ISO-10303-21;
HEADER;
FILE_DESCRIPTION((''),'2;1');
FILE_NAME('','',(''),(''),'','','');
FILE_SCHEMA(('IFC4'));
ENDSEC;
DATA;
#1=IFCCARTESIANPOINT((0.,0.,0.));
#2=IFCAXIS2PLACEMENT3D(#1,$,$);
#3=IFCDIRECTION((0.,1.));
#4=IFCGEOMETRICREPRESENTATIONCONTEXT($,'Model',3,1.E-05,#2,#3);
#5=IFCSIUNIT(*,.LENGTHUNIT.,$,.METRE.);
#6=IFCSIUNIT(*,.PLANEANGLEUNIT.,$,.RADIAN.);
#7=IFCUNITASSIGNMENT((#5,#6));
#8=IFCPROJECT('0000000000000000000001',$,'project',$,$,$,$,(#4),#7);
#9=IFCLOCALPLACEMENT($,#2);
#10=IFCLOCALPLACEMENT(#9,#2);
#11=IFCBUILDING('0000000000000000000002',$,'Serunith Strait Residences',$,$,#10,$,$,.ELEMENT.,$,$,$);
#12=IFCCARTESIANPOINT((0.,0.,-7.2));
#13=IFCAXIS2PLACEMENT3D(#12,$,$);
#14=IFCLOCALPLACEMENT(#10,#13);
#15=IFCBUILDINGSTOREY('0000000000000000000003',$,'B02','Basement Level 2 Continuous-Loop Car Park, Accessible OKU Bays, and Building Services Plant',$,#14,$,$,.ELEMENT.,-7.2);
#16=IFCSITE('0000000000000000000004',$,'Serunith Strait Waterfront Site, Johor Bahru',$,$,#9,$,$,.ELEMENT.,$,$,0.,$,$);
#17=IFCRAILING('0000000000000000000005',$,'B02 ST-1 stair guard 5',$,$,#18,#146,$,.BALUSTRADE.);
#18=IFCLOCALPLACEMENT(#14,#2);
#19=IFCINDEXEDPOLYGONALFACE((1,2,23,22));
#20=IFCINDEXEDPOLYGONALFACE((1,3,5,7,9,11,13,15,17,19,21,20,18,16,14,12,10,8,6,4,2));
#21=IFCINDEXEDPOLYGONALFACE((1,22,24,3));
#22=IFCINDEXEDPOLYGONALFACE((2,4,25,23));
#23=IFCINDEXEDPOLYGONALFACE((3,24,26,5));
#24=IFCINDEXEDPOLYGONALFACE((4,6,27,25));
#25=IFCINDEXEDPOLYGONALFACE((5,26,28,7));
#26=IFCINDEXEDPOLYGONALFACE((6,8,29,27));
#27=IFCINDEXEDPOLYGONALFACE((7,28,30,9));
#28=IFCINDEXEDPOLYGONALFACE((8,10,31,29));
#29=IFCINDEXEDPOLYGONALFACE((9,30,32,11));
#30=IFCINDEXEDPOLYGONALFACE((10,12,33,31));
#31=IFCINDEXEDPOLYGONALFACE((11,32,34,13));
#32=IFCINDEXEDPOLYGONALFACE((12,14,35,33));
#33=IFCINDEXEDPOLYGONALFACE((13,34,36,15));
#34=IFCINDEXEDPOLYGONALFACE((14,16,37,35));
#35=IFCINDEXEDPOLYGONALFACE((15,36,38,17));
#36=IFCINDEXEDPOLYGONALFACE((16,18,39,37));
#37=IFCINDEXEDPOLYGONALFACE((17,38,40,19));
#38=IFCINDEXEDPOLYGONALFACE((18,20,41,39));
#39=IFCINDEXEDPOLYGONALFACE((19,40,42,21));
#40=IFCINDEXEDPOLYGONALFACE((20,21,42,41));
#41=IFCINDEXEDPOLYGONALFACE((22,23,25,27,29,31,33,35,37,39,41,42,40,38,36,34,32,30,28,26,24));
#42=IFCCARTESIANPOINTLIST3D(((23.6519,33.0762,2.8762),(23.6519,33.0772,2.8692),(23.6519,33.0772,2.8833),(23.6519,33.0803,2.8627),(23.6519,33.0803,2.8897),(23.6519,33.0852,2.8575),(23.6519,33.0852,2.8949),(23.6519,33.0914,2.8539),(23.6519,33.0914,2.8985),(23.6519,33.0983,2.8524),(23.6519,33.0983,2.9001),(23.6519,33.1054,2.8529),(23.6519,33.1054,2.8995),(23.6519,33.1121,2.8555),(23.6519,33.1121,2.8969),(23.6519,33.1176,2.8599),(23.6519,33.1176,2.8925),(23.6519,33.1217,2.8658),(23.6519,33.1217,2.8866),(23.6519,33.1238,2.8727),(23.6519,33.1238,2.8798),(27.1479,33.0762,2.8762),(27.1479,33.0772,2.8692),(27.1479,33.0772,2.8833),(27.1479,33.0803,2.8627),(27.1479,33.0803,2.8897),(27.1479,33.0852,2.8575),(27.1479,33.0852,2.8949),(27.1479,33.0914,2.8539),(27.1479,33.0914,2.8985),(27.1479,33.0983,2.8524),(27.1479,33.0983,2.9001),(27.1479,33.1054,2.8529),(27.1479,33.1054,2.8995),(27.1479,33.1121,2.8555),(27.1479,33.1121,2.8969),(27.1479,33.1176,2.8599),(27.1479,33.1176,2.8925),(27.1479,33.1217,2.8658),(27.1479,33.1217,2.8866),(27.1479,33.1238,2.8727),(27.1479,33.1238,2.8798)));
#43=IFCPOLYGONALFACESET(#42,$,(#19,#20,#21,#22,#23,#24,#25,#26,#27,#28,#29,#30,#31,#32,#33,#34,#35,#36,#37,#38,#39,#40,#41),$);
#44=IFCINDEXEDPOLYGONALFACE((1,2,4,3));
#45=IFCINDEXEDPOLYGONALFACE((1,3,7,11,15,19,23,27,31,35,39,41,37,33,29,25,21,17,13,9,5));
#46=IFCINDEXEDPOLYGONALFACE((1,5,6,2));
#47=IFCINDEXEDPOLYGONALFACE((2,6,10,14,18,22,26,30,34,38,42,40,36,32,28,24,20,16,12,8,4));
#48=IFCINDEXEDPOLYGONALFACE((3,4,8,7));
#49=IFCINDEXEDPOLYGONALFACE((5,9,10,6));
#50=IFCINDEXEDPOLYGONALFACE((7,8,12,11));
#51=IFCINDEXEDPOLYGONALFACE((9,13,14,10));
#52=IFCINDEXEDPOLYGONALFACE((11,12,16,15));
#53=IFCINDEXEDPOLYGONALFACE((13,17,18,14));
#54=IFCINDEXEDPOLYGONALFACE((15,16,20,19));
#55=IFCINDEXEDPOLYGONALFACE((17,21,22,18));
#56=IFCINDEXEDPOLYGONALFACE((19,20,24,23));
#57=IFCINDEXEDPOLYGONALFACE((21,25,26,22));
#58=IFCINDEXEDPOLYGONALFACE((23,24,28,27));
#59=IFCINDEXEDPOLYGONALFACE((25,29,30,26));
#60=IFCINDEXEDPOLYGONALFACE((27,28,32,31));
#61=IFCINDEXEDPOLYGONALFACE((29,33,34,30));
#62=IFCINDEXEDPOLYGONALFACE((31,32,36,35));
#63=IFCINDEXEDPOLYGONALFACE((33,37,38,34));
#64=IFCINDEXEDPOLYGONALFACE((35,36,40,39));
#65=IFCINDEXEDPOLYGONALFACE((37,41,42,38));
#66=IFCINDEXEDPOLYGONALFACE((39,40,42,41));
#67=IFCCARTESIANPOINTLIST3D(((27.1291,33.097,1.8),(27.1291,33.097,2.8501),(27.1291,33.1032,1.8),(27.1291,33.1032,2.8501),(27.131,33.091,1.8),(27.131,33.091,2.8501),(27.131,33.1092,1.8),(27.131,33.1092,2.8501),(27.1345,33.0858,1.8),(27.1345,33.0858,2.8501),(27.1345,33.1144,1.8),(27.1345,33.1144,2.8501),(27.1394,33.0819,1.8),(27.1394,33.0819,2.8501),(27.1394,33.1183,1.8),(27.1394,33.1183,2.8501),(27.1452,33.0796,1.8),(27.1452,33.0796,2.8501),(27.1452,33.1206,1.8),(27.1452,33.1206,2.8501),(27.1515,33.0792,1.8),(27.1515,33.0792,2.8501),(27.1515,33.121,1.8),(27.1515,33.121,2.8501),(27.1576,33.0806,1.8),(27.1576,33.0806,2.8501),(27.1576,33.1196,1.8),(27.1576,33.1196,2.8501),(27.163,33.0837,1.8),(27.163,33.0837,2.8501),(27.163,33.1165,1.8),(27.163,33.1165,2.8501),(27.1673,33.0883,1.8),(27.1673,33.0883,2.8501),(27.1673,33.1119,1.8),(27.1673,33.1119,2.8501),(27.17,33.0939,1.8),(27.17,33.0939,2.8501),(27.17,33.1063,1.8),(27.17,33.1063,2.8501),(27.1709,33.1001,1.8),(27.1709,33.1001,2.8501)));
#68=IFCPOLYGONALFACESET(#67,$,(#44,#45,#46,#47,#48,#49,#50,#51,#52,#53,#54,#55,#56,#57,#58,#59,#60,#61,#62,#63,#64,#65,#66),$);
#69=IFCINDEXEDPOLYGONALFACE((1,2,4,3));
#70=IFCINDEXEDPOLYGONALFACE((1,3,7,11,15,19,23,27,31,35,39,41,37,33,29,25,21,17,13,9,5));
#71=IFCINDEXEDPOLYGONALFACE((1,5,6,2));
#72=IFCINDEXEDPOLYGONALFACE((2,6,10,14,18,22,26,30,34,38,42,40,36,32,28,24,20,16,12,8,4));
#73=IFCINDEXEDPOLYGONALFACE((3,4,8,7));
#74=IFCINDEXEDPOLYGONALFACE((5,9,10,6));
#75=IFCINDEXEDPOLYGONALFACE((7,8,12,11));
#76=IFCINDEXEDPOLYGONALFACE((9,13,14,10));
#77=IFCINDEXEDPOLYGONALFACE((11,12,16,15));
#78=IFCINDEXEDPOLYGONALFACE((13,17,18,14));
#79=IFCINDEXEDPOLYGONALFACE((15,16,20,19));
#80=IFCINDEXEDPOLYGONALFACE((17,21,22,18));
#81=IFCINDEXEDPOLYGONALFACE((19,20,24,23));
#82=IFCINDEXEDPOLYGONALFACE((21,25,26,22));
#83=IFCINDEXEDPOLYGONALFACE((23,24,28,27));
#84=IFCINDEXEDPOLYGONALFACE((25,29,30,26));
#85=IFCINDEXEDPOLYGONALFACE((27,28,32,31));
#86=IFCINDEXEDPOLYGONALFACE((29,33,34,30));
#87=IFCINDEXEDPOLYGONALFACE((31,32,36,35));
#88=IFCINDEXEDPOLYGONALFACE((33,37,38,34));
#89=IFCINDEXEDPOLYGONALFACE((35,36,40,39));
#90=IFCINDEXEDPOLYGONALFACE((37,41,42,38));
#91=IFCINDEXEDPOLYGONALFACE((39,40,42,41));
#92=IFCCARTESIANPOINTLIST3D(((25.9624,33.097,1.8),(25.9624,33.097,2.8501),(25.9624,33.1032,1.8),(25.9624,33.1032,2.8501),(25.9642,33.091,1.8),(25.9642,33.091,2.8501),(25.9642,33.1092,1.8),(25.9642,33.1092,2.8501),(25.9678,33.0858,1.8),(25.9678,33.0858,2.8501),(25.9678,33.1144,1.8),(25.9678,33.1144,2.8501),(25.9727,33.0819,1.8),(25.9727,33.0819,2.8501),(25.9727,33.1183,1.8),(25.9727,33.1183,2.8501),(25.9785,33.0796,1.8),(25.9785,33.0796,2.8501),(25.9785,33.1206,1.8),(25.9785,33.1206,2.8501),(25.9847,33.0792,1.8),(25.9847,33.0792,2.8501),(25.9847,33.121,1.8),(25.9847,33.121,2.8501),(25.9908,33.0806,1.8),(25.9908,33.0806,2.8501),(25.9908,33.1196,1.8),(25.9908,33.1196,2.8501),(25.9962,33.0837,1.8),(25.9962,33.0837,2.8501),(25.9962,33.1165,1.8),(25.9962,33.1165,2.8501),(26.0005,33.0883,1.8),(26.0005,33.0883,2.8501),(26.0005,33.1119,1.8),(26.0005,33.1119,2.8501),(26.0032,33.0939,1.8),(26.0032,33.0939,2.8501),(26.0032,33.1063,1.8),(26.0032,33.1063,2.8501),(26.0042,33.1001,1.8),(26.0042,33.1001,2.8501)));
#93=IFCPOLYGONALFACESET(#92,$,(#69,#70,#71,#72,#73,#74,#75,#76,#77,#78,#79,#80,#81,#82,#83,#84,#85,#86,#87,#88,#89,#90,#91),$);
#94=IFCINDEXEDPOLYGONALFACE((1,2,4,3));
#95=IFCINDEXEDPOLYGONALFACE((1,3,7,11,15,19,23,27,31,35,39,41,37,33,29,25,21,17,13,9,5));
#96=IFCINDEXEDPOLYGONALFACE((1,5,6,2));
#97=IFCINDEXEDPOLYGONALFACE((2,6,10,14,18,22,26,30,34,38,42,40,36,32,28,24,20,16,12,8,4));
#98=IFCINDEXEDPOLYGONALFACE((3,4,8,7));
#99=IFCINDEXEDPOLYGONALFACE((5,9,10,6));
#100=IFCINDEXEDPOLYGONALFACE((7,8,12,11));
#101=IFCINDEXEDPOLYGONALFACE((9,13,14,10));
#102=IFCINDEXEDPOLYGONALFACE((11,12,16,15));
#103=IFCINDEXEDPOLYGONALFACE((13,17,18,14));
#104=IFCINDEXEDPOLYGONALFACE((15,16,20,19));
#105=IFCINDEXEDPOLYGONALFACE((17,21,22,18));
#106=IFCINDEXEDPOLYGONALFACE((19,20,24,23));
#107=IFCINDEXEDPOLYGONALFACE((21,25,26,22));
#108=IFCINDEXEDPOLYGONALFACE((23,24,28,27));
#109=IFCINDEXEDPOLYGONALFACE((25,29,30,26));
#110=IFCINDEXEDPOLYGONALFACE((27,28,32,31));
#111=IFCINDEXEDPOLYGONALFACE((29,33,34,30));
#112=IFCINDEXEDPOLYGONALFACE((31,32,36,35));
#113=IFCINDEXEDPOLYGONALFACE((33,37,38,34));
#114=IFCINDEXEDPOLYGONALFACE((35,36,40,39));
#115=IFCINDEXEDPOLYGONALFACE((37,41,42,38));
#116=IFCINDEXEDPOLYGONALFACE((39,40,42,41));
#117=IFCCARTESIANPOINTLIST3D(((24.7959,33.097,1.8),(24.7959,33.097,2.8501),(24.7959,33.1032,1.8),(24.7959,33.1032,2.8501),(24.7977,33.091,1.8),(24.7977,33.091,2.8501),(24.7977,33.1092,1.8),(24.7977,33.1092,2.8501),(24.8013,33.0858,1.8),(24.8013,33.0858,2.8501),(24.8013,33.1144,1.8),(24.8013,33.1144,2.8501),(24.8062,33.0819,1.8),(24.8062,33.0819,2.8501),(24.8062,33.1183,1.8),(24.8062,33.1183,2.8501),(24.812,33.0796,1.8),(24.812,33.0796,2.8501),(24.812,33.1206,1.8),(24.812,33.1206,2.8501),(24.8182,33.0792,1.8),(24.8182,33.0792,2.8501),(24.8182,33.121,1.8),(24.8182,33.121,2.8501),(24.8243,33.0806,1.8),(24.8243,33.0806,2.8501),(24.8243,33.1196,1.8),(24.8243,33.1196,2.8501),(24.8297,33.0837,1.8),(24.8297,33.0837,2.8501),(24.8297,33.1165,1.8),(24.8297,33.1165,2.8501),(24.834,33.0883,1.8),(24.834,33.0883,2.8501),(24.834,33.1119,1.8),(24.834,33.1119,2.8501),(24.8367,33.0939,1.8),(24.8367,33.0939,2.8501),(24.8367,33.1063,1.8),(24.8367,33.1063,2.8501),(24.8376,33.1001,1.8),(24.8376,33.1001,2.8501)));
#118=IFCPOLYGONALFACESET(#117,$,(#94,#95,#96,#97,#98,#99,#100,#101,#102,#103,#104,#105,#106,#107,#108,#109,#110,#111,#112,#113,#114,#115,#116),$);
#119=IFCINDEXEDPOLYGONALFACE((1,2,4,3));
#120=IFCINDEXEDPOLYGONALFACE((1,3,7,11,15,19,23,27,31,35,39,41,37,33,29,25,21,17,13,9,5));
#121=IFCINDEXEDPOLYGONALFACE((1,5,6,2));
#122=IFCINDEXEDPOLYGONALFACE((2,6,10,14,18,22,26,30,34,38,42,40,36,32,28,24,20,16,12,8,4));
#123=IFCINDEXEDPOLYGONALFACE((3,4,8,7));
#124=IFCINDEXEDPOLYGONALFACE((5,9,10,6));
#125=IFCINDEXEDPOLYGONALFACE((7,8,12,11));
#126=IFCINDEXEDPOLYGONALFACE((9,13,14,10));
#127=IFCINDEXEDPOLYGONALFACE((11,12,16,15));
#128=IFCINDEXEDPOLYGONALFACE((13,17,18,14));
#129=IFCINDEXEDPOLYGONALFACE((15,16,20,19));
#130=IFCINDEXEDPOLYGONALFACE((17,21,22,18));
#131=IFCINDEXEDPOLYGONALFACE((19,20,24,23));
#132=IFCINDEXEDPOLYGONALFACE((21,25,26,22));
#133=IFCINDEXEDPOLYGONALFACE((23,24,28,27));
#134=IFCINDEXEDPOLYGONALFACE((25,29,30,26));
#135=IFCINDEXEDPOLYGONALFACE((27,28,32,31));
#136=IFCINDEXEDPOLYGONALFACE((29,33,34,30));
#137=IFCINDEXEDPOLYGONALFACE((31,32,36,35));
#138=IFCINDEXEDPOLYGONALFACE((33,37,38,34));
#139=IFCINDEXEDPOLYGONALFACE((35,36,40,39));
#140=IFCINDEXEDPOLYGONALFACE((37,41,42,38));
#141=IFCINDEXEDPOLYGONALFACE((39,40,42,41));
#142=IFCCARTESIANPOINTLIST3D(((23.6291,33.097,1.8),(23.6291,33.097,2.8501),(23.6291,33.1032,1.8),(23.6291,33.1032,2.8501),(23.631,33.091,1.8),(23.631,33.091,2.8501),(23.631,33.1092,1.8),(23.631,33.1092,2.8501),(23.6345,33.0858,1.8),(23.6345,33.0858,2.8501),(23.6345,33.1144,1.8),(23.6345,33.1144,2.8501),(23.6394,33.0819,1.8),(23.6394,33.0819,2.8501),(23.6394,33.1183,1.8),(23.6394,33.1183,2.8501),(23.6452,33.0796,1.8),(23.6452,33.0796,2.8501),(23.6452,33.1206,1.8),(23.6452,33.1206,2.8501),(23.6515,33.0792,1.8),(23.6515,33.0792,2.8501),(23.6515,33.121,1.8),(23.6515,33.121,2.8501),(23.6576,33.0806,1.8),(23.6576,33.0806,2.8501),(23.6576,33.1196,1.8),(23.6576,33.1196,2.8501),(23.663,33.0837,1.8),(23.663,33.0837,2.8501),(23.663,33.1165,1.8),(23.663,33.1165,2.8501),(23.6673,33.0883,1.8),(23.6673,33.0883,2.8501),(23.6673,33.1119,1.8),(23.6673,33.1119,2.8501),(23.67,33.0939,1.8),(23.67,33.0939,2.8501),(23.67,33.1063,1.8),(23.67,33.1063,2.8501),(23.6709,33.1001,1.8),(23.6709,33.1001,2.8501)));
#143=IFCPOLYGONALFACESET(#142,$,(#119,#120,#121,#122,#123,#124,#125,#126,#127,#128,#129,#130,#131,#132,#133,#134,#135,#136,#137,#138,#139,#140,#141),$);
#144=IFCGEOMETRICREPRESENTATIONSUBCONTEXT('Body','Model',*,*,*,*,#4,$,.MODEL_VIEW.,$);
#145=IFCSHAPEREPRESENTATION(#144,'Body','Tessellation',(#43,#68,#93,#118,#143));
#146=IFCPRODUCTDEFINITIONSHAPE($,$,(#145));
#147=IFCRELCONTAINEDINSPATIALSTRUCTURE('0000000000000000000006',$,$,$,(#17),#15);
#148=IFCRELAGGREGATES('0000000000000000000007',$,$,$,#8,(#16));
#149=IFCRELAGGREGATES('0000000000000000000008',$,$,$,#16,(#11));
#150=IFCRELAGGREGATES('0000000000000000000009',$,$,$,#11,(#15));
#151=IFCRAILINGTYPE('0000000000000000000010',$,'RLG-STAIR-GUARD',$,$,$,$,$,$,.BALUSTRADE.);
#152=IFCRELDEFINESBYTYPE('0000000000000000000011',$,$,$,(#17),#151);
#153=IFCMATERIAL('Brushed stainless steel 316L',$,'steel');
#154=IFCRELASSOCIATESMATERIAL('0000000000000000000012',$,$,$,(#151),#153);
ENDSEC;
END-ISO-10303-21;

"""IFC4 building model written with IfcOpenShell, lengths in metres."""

from ifc_helpers import new_model, si_unit, direction, frame, origin, origin_2d, place, context, subcontext, project, spatial, circle, extrude, material, type_object, element, save


model = new_model("IFC4")

# Units and contexts
model_context = context("Model", 3, precision=1e-05, world=origin(), true_north=direction((0.0, 1.0)))
body_context = subcontext(model_context, "Body", "Model", "MODEL_VIEW")
ifc_project = project(units=[si_unit("LENGTHUNIT", "METRE"), si_unit("PLANEANGLEUNIT", "RADIAN")], contexts=[model_context])

# Site, building, storey
site_placement = place(None, origin())
site = spatial("IfcSite", under=ifc_project, at=site_placement, Name="Serunith Strait Waterfront Site, Johor Bahru", CompositionType="ELEMENT", RefElevation=0.0)
building_placement = place(site_placement, origin())
building = spatial("IfcBuilding", under=site, at=building_placement, Name="Serunith Strait Residences", CompositionType="ELEMENT")
storey_placement = place(building_placement, frame((0.0, 0.0, -7.2)))
storey = spatial("IfcBuildingStorey", under=building, at=storey_placement, Name="B02", Description="Basement Level 2 Continuous-Loop Car Park, Accessible OKU Bays, and Building Services Plant", CompositionType="ELEMENT", Elevation=-7.2)

# Railing
ifc_material_1 = material(Name="Brushed stainless steel 316L", Category="steel")
railing_type_1 = type_object("IfcRailingType", Name="RLG-STAIR-GUARD", PredefinedType="BALUSTRADE", material=ifc_material_1)
railing_1_placement = place(storey_placement, frame((27.1499, 33.1001, 1.8)))
element("IfcRailing", 1, at=railing_1_placement, inside=storey, type_object=railing_type_1, Name="B02 ST-1 stair guard 5", PredefinedType="BALUSTRADE", context=body_context, shape_type="SweptSolid", body=[
    extrude(circle(Radius=0.0239, at=origin_2d()), frame((-0.002, 0.0, 1.0762), z_axis=(-1.0, 0.0, 0.0), x_axis=(0.0, -1.0, 0.0)), (0.0, 0.0, 1.0), 3.4961),
    extrude(circle(Radius=0.021, at=origin_2d()), origin(), (0.0, 0.0, 1.0), 1.05),
    extrude(circle(Radius=0.021, at=origin_2d()), frame((-1.1667, 0.0, 0.0)), (0.0, 0.0, 1.0), 1.05),
    extrude(circle(Radius=0.021, at=origin_2d()), frame((-2.3333, 0.0, 0.0)), (0.0, 0.0, 1.0), 1.05),
    extrude(circle(Radius=0.021, at=origin_2d()), frame((-3.5, 0.0, 0.0)), (0.0, 0.0, 1.0), 1.05),
])

save(model, "model.ifc")
